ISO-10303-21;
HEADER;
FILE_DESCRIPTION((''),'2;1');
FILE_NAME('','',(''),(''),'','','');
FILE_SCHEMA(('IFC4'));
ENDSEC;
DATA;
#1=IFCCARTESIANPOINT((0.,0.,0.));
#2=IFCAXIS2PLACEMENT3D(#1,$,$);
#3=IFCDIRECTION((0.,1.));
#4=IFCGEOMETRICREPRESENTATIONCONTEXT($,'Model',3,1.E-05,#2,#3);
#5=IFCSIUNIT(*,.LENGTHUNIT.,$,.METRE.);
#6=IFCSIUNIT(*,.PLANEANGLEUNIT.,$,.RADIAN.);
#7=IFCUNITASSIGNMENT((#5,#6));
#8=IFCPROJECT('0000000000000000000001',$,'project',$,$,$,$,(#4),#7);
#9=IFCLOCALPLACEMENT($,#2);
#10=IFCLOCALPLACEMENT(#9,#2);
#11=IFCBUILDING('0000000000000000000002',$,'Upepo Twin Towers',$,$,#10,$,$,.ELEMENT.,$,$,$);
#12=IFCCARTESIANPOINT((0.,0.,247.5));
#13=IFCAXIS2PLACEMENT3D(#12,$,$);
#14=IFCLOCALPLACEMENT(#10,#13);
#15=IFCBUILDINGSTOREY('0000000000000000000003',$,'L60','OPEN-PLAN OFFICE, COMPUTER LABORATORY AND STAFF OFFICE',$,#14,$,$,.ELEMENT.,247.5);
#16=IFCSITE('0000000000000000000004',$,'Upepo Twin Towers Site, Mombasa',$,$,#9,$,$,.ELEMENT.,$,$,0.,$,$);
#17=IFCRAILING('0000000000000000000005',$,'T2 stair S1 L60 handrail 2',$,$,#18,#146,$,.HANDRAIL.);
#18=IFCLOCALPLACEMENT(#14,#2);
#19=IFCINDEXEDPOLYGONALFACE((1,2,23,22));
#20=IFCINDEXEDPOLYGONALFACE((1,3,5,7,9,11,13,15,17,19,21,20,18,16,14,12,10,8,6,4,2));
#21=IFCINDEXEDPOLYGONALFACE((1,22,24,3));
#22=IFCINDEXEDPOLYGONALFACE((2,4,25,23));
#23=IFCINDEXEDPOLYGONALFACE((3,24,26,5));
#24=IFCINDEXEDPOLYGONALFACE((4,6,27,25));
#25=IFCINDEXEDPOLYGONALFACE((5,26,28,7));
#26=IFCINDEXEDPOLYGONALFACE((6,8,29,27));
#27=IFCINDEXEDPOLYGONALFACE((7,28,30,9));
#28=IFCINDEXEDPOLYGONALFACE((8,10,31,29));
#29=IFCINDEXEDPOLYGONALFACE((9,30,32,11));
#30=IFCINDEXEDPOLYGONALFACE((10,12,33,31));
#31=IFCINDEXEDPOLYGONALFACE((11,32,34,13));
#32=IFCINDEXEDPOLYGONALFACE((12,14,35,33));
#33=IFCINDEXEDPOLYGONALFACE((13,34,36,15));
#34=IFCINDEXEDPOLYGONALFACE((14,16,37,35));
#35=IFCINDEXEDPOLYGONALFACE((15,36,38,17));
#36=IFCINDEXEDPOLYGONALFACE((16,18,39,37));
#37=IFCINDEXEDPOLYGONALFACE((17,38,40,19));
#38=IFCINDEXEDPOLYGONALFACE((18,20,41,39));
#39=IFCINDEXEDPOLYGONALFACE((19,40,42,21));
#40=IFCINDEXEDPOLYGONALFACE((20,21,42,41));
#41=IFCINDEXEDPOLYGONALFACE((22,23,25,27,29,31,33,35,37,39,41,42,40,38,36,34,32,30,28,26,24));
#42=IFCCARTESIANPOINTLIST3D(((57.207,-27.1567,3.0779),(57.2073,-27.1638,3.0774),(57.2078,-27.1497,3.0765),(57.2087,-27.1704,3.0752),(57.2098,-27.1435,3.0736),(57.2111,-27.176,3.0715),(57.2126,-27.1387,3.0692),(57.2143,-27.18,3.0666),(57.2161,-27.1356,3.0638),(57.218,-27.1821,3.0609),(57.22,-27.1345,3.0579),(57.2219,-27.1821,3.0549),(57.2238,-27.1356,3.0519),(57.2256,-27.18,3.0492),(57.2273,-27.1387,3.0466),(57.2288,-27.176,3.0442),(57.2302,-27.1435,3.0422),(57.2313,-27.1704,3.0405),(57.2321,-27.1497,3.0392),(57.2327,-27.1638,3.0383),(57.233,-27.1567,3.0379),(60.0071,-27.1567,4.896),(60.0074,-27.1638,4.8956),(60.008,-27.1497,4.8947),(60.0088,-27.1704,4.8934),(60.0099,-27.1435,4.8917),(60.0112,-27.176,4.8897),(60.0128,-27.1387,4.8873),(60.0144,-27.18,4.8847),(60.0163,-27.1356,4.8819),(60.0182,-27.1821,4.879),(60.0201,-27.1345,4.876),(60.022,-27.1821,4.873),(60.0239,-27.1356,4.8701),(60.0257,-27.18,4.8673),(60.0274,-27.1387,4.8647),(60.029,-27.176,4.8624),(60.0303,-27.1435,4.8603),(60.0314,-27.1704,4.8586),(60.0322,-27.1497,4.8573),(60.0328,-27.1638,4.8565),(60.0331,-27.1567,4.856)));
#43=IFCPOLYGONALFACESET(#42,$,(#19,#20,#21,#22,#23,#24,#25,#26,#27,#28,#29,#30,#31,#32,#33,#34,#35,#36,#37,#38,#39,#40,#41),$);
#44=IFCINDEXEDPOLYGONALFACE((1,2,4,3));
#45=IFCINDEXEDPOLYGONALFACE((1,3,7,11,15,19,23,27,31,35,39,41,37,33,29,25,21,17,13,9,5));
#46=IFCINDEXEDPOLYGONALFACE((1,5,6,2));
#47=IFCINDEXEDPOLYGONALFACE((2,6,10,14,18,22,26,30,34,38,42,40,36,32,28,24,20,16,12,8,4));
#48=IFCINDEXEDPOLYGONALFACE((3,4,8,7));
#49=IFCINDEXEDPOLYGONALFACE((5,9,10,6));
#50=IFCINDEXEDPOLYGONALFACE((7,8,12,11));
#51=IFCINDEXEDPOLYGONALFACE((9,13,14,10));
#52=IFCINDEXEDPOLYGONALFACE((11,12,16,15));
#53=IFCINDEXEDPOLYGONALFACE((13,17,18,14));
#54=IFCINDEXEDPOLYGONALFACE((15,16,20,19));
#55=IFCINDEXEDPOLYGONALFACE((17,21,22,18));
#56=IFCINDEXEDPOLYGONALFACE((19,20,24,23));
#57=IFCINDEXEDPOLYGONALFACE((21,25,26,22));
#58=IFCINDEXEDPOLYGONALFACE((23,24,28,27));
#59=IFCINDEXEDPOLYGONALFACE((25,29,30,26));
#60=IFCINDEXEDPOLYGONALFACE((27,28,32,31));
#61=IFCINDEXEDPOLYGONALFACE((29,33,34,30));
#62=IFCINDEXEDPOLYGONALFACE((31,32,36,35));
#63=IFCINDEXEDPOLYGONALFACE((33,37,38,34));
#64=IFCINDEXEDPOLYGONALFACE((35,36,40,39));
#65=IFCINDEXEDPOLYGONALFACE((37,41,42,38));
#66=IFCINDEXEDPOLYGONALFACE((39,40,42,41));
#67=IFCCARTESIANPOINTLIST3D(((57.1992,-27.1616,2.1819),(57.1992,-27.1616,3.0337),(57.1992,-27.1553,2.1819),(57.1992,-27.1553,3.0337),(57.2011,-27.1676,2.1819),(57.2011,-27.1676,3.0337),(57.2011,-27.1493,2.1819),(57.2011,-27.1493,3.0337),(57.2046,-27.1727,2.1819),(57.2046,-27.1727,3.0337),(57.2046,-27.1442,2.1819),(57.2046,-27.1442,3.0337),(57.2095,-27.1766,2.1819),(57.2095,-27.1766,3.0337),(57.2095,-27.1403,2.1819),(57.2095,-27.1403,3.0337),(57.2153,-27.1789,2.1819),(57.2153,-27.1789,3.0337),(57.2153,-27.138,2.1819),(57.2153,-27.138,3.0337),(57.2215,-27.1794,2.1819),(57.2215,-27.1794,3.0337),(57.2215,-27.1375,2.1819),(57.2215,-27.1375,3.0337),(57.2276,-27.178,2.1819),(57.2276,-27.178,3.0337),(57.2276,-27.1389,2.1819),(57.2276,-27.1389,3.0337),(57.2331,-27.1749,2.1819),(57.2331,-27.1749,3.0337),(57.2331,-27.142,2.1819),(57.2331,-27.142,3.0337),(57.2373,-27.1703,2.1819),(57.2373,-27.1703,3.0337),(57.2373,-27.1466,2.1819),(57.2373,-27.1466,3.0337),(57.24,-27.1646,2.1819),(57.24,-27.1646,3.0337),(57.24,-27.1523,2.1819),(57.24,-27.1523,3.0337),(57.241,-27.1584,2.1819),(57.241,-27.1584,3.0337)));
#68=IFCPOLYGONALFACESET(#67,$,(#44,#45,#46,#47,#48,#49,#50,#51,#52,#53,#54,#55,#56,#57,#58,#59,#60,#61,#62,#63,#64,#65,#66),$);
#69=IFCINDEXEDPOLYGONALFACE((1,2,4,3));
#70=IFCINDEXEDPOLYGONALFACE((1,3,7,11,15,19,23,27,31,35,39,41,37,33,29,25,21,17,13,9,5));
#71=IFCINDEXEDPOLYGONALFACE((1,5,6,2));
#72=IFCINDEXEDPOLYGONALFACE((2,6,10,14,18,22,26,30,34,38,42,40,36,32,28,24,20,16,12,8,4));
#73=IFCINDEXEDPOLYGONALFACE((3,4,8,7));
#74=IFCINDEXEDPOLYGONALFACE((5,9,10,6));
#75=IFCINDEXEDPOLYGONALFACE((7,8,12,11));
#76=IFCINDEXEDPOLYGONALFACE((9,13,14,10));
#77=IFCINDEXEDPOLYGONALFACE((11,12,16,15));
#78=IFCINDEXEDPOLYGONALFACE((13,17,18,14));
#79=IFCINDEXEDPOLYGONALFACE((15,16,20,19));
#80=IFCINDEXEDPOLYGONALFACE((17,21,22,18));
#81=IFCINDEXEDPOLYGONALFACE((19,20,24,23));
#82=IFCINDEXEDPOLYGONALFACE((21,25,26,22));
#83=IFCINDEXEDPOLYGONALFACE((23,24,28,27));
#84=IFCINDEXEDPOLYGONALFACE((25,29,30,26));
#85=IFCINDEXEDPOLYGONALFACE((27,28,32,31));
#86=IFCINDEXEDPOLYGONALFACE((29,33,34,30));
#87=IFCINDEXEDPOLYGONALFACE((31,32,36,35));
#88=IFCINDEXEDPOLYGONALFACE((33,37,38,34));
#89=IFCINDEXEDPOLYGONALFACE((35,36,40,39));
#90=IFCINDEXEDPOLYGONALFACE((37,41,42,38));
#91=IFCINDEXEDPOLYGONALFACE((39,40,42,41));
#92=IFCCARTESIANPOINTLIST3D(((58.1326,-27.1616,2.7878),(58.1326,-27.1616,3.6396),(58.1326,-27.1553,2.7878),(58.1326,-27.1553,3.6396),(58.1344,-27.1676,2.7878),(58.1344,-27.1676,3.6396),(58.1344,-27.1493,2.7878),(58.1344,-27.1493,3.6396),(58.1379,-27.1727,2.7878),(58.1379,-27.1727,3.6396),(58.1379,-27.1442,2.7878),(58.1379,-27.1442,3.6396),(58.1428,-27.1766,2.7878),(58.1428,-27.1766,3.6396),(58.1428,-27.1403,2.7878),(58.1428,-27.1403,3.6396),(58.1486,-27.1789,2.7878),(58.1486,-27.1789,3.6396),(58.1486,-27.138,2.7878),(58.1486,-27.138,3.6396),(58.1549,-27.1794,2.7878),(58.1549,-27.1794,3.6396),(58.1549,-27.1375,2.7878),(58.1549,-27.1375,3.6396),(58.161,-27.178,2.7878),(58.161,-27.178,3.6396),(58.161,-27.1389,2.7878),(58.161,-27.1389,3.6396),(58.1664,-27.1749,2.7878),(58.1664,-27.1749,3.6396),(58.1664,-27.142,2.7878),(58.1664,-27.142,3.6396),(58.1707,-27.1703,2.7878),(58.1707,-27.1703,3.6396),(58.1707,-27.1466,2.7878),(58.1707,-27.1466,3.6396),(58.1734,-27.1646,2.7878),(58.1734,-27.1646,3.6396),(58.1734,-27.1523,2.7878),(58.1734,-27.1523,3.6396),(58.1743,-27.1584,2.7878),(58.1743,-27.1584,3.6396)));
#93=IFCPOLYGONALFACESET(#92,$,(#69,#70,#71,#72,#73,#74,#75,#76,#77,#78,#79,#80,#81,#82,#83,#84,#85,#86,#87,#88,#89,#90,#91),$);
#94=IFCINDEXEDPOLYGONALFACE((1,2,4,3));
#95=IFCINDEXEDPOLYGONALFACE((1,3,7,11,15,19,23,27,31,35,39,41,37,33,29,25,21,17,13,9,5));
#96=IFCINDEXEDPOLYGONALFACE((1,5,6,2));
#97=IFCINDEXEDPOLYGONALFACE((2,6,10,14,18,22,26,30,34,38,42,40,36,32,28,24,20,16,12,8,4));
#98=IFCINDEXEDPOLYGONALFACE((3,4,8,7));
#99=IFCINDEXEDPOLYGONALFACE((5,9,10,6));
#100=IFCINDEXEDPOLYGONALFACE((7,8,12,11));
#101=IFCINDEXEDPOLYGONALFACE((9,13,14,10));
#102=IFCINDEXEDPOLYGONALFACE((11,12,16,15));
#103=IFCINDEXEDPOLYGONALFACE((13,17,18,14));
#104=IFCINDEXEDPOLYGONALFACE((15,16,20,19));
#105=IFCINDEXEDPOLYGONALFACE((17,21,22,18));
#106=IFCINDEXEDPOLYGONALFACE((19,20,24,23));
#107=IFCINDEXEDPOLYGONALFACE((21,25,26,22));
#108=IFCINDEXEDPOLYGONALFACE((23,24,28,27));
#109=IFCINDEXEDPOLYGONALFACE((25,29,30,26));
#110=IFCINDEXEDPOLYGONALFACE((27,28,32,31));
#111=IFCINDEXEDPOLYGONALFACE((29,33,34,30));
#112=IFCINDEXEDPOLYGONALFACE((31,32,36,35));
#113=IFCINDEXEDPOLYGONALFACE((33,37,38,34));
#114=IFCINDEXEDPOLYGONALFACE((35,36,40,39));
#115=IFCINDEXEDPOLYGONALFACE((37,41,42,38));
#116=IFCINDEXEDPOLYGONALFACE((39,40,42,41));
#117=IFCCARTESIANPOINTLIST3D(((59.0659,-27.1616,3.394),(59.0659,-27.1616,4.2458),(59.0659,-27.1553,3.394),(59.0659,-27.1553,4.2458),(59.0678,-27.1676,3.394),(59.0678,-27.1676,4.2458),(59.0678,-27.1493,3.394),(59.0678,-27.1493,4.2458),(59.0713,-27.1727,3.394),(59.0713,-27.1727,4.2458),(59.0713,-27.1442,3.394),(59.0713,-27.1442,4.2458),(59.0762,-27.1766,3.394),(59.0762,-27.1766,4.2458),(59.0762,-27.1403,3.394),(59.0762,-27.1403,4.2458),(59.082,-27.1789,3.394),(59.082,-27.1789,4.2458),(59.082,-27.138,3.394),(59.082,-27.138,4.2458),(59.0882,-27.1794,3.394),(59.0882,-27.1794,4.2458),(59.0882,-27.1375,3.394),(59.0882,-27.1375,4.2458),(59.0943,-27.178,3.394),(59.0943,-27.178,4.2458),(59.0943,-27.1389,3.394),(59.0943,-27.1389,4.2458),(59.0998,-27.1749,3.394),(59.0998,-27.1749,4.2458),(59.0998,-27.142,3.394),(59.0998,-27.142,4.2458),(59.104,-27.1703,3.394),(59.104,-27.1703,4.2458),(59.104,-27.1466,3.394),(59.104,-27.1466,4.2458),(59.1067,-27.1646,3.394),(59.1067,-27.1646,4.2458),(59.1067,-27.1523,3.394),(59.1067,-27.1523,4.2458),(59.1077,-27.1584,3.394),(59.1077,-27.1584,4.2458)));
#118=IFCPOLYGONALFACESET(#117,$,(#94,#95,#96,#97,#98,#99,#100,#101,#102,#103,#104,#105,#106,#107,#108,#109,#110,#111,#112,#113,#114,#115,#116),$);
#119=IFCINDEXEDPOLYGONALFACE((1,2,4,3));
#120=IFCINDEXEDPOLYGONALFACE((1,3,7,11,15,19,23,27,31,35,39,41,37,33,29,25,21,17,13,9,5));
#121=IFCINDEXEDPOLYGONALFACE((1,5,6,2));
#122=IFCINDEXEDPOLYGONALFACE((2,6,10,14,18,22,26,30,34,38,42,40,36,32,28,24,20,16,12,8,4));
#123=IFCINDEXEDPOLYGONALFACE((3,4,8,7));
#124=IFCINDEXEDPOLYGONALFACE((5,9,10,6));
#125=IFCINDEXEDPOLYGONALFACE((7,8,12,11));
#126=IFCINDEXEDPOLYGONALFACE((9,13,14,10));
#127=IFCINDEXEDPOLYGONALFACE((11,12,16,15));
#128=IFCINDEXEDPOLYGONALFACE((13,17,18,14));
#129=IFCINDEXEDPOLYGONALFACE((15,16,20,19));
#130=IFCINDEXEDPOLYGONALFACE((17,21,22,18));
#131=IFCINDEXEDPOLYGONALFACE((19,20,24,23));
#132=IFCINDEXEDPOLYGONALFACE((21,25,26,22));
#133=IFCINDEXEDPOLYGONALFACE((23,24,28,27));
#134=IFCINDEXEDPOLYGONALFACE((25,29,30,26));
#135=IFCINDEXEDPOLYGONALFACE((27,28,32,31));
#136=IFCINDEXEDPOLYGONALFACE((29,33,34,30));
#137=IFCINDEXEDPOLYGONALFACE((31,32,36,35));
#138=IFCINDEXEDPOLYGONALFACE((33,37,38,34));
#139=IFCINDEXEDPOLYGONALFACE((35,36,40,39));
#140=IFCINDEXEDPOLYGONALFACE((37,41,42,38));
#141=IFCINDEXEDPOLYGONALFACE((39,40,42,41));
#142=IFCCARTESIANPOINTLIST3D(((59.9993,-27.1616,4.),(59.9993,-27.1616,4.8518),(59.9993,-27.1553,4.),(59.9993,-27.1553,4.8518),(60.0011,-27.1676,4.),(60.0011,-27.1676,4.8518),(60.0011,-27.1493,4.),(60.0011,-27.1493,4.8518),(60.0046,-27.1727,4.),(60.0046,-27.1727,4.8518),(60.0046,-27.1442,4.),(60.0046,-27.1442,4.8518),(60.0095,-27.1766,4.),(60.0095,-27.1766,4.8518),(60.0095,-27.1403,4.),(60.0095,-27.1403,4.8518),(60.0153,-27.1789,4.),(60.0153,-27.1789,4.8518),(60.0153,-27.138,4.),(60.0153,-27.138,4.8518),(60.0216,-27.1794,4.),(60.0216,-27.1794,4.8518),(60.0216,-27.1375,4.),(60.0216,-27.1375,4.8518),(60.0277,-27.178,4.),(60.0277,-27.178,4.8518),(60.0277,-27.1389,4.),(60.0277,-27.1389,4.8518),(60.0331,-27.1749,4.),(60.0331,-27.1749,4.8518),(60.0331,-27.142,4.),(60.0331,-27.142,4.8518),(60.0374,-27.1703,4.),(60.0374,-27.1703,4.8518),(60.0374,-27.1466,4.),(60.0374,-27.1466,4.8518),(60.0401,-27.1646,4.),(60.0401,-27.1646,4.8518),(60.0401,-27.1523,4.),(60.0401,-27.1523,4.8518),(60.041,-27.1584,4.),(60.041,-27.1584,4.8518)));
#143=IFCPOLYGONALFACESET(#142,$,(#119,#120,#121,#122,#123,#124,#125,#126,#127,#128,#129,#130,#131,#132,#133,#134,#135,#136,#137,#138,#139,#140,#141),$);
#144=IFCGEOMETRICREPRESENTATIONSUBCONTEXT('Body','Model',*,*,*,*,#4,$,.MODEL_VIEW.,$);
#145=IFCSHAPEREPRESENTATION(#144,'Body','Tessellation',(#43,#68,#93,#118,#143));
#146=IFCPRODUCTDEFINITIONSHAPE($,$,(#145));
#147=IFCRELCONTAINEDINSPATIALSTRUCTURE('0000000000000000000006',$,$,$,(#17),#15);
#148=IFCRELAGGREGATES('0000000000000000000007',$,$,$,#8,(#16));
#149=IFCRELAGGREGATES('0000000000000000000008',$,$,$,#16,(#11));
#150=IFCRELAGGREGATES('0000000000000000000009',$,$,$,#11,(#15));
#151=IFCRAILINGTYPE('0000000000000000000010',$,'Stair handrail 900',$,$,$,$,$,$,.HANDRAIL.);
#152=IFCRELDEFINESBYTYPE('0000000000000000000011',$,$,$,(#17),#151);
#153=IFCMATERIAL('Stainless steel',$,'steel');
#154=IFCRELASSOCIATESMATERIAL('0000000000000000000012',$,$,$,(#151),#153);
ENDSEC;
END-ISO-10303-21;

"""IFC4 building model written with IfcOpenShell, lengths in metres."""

from ifc_helpers import new_model, si_unit, direction, frame, origin, origin_2d, place, context, subcontext, project, spatial, circle, extrude, material, type_object, element, save


model = new_model("IFC4")

# Units and contexts
model_context = context("Model", 3, precision=1e-05, world=origin(), true_north=direction((0.0, 1.0)))
body_context = subcontext(model_context, "Body", "Model", "MODEL_VIEW")
ifc_project = project(units=[si_unit("LENGTHUNIT", "METRE"), si_unit("PLANEANGLEUNIT", "RADIAN")], contexts=[model_context])

# Site, building, storey
site_placement = place(None, origin())
site = spatial("IfcSite", under=ifc_project, at=site_placement, Name="Upepo Twin Towers Site, Mombasa", CompositionType="ELEMENT", RefElevation=0.0)
building_placement = place(site_placement, origin())
building = spatial("IfcBuilding", under=site, at=building_placement, Name="Upepo Twin Towers", CompositionType="ELEMENT")
storey_placement = place(building_placement, frame((0.0, 0.0, 247.5)))
storey = spatial("IfcBuildingStorey", under=building, at=storey_placement, Name="L60", Description="OPEN-PLAN OFFICE, COMPUTER LABORATORY AND STAFF OFFICE", CompositionType="ELEMENT", Elevation=247.5)

# Railing
ifc_material_1 = material(Name="Stainless steel", Category="steel")
railing_type = type_object("IfcRailingType", Name="Stair handrail 900", PredefinedType="HANDRAIL", material=ifc_material_1)
railing_1_placement = place(storey_placement, frame((57.22, -27.1584, 2.1819)))
element("IfcRailing", 1, at=railing_1_placement, inside=storey, type_object=railing_type, Name="T2 stair S1 L60 handrail 2", PredefinedType="HANDRAIL", context=body_context, shape_type="SweptSolid", body=[
    extrude(circle(Radius=0.0239, at=origin_2d()), frame((0.0, 0.0, 0.876), z_axis=(0.838706, 0.0, 0.544585), x_axis=(0.0, 1.0, 0.0)), (0.0, 0.0, 1.0), 3.3386),
    extrude(circle(Radius=0.021, at=origin_2d()), origin(), (0.0, 0.0, 1.0), 0.8518),
    extrude(circle(Radius=0.021, at=origin_2d()), frame((0.9333, 0.0, 0.606)), (0.0, 0.0, 1.0), 0.8518),
    extrude(circle(Radius=0.021, at=origin_2d()), frame((1.8667, 0.0, 1.2122)), (0.0, 0.0, 1.0), 0.8518),
    extrude(circle(Radius=0.021, at=origin_2d()), frame((2.8, 0.0, 1.8181)), (0.0, 0.0, 1.0), 0.8518),
])

save(model, "model.ifc")
